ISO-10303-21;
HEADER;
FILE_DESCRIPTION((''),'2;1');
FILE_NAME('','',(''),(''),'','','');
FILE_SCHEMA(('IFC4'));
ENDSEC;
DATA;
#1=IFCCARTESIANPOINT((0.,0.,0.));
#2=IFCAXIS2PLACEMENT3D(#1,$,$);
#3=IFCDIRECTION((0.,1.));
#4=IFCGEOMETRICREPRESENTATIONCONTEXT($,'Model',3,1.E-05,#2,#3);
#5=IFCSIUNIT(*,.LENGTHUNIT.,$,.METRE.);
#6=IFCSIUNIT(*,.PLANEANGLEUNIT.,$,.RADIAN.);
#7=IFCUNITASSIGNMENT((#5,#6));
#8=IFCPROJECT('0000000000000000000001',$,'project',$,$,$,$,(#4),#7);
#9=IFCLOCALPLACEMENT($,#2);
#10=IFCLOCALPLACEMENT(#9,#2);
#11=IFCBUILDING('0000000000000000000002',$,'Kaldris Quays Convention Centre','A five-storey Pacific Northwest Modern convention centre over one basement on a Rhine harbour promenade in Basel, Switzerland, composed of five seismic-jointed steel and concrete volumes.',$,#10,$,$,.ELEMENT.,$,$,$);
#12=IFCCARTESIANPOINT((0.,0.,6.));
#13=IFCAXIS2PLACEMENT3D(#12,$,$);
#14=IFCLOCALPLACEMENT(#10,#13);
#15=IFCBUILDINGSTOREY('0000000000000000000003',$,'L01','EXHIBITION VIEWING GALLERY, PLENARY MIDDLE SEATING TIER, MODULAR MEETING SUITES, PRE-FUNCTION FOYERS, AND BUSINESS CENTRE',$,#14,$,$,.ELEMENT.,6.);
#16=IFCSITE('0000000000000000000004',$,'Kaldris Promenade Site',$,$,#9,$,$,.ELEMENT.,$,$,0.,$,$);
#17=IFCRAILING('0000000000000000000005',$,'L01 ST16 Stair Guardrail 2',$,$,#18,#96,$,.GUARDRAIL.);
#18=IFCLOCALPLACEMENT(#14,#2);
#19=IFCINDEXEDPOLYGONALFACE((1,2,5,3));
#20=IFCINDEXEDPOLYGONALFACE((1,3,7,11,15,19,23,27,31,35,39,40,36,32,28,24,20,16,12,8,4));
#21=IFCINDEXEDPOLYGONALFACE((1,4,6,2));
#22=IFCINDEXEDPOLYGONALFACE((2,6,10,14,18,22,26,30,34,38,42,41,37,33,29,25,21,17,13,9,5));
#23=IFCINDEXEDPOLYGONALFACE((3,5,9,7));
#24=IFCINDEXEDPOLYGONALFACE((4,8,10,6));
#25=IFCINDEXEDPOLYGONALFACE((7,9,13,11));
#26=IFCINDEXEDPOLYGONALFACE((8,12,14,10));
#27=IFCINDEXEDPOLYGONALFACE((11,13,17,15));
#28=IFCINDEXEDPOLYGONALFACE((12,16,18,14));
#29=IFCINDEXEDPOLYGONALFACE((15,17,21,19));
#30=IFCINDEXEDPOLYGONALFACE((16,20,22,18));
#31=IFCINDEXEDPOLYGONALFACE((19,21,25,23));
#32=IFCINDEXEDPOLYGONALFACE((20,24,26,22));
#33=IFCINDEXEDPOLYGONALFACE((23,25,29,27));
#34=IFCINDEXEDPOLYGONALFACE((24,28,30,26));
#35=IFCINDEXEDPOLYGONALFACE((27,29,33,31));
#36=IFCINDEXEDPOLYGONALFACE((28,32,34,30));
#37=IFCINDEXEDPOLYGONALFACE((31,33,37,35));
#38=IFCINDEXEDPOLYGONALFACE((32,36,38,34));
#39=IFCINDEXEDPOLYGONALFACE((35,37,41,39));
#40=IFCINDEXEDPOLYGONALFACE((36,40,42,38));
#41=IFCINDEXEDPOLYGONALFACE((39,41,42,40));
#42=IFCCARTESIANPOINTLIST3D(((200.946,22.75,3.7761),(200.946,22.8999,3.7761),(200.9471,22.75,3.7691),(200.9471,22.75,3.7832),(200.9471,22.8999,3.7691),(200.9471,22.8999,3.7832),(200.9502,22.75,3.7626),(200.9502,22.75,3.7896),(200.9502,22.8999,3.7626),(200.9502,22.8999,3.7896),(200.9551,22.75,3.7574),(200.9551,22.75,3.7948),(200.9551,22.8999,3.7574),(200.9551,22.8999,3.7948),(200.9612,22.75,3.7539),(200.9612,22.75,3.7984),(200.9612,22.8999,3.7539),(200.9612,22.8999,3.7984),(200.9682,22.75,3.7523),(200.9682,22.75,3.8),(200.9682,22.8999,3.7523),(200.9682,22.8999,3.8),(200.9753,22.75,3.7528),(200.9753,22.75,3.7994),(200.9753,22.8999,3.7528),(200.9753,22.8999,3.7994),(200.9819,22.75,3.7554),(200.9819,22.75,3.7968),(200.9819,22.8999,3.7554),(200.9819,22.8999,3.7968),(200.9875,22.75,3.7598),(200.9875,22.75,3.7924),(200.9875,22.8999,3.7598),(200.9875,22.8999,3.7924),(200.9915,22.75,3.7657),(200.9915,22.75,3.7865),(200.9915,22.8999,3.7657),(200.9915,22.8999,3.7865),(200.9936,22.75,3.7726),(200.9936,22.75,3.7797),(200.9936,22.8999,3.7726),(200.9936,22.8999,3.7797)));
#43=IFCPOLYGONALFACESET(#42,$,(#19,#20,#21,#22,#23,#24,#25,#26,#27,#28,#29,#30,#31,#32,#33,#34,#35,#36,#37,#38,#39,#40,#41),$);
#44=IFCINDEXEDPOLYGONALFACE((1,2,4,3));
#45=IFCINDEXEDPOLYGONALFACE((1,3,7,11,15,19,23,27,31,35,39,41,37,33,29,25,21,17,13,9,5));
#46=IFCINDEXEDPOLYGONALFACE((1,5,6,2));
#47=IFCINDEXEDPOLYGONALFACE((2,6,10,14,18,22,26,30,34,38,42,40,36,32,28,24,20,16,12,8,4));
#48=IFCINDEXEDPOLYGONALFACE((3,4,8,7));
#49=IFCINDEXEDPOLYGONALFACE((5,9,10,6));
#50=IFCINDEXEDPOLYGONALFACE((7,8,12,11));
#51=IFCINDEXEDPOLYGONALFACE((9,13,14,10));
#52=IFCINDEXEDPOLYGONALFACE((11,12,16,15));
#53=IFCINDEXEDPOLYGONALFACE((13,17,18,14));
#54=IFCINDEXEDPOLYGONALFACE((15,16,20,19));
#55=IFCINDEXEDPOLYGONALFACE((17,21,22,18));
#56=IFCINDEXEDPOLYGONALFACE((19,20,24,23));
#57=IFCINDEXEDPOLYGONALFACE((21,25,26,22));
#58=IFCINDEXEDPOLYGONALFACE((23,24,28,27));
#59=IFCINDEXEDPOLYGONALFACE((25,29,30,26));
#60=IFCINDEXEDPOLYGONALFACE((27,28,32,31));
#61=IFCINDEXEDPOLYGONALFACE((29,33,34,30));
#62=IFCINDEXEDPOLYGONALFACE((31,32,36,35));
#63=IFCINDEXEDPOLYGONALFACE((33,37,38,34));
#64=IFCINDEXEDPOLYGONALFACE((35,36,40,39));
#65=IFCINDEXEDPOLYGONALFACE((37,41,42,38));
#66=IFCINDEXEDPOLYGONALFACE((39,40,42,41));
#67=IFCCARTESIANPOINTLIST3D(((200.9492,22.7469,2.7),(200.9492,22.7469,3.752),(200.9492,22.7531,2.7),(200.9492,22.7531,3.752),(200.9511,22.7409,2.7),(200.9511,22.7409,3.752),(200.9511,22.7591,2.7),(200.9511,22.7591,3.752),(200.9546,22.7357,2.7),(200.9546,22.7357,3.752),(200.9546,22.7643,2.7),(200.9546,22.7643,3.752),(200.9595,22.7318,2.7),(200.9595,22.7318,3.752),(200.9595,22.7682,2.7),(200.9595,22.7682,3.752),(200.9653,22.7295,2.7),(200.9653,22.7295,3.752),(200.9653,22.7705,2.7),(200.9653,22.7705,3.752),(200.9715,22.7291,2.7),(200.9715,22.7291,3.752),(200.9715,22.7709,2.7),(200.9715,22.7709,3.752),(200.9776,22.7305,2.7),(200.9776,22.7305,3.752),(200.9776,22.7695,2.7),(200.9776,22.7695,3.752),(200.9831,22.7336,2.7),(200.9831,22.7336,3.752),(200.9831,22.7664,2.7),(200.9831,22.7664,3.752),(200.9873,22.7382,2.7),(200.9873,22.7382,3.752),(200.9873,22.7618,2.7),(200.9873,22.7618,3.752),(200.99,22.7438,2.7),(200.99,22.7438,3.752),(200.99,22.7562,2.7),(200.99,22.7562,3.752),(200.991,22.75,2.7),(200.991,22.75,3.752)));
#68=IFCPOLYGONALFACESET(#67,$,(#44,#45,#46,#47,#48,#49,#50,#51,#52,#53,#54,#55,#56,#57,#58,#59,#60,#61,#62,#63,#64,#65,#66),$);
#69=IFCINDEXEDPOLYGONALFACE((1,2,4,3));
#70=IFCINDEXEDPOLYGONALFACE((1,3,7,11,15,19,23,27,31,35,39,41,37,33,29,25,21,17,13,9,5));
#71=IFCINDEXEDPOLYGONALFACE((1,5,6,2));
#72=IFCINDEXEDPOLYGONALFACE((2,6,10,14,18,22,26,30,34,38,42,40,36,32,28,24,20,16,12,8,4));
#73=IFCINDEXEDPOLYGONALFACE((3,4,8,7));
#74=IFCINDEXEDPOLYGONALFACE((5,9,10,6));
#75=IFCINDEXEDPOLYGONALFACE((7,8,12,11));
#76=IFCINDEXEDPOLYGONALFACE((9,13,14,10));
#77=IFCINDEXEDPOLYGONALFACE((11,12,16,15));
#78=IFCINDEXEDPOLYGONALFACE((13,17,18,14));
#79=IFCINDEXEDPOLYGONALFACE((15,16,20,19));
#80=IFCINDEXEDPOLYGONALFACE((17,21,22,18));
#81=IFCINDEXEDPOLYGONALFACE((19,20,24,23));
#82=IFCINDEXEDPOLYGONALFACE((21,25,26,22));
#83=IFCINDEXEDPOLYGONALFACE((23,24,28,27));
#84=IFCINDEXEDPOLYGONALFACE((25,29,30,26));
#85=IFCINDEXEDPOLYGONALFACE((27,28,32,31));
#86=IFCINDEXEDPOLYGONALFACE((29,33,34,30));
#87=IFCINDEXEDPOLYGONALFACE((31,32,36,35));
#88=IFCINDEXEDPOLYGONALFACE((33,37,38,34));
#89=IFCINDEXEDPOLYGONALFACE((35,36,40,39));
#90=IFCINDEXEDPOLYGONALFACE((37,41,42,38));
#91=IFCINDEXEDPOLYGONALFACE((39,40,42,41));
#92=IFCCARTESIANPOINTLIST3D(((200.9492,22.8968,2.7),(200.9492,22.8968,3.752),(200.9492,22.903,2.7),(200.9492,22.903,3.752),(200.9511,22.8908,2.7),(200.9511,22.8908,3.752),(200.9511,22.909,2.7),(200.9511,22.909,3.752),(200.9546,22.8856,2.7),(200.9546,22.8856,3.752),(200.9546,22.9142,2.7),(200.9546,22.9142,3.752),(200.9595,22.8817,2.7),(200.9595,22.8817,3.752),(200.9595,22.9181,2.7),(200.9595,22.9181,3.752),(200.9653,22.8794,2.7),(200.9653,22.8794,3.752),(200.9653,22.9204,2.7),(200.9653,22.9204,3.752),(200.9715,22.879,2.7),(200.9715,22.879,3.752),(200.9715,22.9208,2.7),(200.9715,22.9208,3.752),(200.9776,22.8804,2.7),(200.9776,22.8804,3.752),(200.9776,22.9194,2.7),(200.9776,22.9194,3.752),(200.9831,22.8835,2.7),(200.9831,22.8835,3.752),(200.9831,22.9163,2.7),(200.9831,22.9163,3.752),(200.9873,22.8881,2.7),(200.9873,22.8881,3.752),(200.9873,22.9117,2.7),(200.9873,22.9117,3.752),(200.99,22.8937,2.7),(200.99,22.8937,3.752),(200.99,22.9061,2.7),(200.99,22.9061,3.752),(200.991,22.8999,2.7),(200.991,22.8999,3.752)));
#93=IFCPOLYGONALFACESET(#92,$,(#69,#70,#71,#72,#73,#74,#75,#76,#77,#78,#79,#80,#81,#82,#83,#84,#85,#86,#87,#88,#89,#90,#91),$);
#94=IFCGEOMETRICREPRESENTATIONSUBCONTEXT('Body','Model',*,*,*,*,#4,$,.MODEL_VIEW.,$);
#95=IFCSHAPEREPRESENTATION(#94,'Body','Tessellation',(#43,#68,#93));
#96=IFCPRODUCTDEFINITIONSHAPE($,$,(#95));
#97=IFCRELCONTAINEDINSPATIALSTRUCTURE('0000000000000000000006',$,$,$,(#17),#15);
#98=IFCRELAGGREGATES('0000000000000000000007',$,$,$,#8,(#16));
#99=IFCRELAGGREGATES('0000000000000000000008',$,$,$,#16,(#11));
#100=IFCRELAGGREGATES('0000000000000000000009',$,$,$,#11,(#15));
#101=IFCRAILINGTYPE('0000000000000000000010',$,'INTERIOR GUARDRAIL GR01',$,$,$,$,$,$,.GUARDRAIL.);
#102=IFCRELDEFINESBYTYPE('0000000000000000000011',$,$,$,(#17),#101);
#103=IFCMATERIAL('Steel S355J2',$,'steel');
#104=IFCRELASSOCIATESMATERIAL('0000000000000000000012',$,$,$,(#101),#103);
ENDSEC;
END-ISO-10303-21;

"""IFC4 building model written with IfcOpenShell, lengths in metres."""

from ifc_helpers import new_model, si_unit, direction, frame, origin, origin_2d, place, context, subcontext, project, spatial, circle, extrude, material, type_object, element, save


model = new_model("IFC4")

# Units and contexts
model_context = context("Model", 3, precision=1e-05, world=origin(), true_north=direction((0.0, 1.0)))
body_context = subcontext(model_context, "Body", "Model", "MODEL_VIEW")
ifc_project = project(units=[si_unit("LENGTHUNIT", "METRE"), si_unit("PLANEANGLEUNIT", "RADIAN")], contexts=[model_context])

# Site, building, storey
site_placement = place(None, origin())
site = spatial("IfcSite", under=ifc_project, at=site_placement, Name="Kaldris Promenade Site", CompositionType="ELEMENT", RefElevation=0.0)
building_placement = place(site_placement, origin())
building = spatial("IfcBuilding", under=site, at=building_placement, Name="Kaldris Quays Convention Centre", Description="A five-storey Pacific Northwest Modern convention centre over one basement on a Rhine harbour promenade in Basel, Switzerland, composed of five seismic-jointed steel and concrete volumes.", CompositionType="ELEMENT")
storey_placement = place(building_placement, frame((0.0, 0.0, 6.0)))
storey = spatial("IfcBuildingStorey", under=building, at=storey_placement, Name="L01", Description="EXHIBITION VIEWING GALLERY, PLENARY MIDDLE SEATING TIER, MODULAR MEETING SUITES, PRE-FUNCTION FOYERS, AND BUSINESS CENTRE", CompositionType="ELEMENT", Elevation=6.0)

# Railing
ifc_material_1 = material(Name="Steel S355J2", Category="steel")
railing_type_1 = type_object("IfcRailingType", Name="INTERIOR GUARDRAIL GR01", PredefinedType="GUARDRAIL", material=ifc_material_1)
railing_1_placement = place(storey_placement, frame((200.97, 22.75, 2.7)))
element("IfcRailing", 1, at=railing_1_placement, inside=storey, type_object=railing_type_1, Name="L01 ST16 Stair Guardrail 2", PredefinedType="GUARDRAIL", context=body_context, shape_type="SweptSolid", body=[
    extrude(circle(Radius=0.0239, at=origin_2d()), frame((0.0, 0.0, 1.0762), z_axis=(0.0, 1.0, 0.0), x_axis=(-1.0, 0.0, 0.0)), (0.0, 0.0, 1.0), 0.1499),
    extrude(circle(Radius=0.021, at=origin_2d()), origin(), (0.0, 0.0, 1.0), 1.052),
    extrude(circle(Radius=0.021, at=origin_2d()), frame((0.0, 0.1499, 0.0)), (0.0, 0.0, 1.0), 1.052),
])

save(model, "model.ifc")
